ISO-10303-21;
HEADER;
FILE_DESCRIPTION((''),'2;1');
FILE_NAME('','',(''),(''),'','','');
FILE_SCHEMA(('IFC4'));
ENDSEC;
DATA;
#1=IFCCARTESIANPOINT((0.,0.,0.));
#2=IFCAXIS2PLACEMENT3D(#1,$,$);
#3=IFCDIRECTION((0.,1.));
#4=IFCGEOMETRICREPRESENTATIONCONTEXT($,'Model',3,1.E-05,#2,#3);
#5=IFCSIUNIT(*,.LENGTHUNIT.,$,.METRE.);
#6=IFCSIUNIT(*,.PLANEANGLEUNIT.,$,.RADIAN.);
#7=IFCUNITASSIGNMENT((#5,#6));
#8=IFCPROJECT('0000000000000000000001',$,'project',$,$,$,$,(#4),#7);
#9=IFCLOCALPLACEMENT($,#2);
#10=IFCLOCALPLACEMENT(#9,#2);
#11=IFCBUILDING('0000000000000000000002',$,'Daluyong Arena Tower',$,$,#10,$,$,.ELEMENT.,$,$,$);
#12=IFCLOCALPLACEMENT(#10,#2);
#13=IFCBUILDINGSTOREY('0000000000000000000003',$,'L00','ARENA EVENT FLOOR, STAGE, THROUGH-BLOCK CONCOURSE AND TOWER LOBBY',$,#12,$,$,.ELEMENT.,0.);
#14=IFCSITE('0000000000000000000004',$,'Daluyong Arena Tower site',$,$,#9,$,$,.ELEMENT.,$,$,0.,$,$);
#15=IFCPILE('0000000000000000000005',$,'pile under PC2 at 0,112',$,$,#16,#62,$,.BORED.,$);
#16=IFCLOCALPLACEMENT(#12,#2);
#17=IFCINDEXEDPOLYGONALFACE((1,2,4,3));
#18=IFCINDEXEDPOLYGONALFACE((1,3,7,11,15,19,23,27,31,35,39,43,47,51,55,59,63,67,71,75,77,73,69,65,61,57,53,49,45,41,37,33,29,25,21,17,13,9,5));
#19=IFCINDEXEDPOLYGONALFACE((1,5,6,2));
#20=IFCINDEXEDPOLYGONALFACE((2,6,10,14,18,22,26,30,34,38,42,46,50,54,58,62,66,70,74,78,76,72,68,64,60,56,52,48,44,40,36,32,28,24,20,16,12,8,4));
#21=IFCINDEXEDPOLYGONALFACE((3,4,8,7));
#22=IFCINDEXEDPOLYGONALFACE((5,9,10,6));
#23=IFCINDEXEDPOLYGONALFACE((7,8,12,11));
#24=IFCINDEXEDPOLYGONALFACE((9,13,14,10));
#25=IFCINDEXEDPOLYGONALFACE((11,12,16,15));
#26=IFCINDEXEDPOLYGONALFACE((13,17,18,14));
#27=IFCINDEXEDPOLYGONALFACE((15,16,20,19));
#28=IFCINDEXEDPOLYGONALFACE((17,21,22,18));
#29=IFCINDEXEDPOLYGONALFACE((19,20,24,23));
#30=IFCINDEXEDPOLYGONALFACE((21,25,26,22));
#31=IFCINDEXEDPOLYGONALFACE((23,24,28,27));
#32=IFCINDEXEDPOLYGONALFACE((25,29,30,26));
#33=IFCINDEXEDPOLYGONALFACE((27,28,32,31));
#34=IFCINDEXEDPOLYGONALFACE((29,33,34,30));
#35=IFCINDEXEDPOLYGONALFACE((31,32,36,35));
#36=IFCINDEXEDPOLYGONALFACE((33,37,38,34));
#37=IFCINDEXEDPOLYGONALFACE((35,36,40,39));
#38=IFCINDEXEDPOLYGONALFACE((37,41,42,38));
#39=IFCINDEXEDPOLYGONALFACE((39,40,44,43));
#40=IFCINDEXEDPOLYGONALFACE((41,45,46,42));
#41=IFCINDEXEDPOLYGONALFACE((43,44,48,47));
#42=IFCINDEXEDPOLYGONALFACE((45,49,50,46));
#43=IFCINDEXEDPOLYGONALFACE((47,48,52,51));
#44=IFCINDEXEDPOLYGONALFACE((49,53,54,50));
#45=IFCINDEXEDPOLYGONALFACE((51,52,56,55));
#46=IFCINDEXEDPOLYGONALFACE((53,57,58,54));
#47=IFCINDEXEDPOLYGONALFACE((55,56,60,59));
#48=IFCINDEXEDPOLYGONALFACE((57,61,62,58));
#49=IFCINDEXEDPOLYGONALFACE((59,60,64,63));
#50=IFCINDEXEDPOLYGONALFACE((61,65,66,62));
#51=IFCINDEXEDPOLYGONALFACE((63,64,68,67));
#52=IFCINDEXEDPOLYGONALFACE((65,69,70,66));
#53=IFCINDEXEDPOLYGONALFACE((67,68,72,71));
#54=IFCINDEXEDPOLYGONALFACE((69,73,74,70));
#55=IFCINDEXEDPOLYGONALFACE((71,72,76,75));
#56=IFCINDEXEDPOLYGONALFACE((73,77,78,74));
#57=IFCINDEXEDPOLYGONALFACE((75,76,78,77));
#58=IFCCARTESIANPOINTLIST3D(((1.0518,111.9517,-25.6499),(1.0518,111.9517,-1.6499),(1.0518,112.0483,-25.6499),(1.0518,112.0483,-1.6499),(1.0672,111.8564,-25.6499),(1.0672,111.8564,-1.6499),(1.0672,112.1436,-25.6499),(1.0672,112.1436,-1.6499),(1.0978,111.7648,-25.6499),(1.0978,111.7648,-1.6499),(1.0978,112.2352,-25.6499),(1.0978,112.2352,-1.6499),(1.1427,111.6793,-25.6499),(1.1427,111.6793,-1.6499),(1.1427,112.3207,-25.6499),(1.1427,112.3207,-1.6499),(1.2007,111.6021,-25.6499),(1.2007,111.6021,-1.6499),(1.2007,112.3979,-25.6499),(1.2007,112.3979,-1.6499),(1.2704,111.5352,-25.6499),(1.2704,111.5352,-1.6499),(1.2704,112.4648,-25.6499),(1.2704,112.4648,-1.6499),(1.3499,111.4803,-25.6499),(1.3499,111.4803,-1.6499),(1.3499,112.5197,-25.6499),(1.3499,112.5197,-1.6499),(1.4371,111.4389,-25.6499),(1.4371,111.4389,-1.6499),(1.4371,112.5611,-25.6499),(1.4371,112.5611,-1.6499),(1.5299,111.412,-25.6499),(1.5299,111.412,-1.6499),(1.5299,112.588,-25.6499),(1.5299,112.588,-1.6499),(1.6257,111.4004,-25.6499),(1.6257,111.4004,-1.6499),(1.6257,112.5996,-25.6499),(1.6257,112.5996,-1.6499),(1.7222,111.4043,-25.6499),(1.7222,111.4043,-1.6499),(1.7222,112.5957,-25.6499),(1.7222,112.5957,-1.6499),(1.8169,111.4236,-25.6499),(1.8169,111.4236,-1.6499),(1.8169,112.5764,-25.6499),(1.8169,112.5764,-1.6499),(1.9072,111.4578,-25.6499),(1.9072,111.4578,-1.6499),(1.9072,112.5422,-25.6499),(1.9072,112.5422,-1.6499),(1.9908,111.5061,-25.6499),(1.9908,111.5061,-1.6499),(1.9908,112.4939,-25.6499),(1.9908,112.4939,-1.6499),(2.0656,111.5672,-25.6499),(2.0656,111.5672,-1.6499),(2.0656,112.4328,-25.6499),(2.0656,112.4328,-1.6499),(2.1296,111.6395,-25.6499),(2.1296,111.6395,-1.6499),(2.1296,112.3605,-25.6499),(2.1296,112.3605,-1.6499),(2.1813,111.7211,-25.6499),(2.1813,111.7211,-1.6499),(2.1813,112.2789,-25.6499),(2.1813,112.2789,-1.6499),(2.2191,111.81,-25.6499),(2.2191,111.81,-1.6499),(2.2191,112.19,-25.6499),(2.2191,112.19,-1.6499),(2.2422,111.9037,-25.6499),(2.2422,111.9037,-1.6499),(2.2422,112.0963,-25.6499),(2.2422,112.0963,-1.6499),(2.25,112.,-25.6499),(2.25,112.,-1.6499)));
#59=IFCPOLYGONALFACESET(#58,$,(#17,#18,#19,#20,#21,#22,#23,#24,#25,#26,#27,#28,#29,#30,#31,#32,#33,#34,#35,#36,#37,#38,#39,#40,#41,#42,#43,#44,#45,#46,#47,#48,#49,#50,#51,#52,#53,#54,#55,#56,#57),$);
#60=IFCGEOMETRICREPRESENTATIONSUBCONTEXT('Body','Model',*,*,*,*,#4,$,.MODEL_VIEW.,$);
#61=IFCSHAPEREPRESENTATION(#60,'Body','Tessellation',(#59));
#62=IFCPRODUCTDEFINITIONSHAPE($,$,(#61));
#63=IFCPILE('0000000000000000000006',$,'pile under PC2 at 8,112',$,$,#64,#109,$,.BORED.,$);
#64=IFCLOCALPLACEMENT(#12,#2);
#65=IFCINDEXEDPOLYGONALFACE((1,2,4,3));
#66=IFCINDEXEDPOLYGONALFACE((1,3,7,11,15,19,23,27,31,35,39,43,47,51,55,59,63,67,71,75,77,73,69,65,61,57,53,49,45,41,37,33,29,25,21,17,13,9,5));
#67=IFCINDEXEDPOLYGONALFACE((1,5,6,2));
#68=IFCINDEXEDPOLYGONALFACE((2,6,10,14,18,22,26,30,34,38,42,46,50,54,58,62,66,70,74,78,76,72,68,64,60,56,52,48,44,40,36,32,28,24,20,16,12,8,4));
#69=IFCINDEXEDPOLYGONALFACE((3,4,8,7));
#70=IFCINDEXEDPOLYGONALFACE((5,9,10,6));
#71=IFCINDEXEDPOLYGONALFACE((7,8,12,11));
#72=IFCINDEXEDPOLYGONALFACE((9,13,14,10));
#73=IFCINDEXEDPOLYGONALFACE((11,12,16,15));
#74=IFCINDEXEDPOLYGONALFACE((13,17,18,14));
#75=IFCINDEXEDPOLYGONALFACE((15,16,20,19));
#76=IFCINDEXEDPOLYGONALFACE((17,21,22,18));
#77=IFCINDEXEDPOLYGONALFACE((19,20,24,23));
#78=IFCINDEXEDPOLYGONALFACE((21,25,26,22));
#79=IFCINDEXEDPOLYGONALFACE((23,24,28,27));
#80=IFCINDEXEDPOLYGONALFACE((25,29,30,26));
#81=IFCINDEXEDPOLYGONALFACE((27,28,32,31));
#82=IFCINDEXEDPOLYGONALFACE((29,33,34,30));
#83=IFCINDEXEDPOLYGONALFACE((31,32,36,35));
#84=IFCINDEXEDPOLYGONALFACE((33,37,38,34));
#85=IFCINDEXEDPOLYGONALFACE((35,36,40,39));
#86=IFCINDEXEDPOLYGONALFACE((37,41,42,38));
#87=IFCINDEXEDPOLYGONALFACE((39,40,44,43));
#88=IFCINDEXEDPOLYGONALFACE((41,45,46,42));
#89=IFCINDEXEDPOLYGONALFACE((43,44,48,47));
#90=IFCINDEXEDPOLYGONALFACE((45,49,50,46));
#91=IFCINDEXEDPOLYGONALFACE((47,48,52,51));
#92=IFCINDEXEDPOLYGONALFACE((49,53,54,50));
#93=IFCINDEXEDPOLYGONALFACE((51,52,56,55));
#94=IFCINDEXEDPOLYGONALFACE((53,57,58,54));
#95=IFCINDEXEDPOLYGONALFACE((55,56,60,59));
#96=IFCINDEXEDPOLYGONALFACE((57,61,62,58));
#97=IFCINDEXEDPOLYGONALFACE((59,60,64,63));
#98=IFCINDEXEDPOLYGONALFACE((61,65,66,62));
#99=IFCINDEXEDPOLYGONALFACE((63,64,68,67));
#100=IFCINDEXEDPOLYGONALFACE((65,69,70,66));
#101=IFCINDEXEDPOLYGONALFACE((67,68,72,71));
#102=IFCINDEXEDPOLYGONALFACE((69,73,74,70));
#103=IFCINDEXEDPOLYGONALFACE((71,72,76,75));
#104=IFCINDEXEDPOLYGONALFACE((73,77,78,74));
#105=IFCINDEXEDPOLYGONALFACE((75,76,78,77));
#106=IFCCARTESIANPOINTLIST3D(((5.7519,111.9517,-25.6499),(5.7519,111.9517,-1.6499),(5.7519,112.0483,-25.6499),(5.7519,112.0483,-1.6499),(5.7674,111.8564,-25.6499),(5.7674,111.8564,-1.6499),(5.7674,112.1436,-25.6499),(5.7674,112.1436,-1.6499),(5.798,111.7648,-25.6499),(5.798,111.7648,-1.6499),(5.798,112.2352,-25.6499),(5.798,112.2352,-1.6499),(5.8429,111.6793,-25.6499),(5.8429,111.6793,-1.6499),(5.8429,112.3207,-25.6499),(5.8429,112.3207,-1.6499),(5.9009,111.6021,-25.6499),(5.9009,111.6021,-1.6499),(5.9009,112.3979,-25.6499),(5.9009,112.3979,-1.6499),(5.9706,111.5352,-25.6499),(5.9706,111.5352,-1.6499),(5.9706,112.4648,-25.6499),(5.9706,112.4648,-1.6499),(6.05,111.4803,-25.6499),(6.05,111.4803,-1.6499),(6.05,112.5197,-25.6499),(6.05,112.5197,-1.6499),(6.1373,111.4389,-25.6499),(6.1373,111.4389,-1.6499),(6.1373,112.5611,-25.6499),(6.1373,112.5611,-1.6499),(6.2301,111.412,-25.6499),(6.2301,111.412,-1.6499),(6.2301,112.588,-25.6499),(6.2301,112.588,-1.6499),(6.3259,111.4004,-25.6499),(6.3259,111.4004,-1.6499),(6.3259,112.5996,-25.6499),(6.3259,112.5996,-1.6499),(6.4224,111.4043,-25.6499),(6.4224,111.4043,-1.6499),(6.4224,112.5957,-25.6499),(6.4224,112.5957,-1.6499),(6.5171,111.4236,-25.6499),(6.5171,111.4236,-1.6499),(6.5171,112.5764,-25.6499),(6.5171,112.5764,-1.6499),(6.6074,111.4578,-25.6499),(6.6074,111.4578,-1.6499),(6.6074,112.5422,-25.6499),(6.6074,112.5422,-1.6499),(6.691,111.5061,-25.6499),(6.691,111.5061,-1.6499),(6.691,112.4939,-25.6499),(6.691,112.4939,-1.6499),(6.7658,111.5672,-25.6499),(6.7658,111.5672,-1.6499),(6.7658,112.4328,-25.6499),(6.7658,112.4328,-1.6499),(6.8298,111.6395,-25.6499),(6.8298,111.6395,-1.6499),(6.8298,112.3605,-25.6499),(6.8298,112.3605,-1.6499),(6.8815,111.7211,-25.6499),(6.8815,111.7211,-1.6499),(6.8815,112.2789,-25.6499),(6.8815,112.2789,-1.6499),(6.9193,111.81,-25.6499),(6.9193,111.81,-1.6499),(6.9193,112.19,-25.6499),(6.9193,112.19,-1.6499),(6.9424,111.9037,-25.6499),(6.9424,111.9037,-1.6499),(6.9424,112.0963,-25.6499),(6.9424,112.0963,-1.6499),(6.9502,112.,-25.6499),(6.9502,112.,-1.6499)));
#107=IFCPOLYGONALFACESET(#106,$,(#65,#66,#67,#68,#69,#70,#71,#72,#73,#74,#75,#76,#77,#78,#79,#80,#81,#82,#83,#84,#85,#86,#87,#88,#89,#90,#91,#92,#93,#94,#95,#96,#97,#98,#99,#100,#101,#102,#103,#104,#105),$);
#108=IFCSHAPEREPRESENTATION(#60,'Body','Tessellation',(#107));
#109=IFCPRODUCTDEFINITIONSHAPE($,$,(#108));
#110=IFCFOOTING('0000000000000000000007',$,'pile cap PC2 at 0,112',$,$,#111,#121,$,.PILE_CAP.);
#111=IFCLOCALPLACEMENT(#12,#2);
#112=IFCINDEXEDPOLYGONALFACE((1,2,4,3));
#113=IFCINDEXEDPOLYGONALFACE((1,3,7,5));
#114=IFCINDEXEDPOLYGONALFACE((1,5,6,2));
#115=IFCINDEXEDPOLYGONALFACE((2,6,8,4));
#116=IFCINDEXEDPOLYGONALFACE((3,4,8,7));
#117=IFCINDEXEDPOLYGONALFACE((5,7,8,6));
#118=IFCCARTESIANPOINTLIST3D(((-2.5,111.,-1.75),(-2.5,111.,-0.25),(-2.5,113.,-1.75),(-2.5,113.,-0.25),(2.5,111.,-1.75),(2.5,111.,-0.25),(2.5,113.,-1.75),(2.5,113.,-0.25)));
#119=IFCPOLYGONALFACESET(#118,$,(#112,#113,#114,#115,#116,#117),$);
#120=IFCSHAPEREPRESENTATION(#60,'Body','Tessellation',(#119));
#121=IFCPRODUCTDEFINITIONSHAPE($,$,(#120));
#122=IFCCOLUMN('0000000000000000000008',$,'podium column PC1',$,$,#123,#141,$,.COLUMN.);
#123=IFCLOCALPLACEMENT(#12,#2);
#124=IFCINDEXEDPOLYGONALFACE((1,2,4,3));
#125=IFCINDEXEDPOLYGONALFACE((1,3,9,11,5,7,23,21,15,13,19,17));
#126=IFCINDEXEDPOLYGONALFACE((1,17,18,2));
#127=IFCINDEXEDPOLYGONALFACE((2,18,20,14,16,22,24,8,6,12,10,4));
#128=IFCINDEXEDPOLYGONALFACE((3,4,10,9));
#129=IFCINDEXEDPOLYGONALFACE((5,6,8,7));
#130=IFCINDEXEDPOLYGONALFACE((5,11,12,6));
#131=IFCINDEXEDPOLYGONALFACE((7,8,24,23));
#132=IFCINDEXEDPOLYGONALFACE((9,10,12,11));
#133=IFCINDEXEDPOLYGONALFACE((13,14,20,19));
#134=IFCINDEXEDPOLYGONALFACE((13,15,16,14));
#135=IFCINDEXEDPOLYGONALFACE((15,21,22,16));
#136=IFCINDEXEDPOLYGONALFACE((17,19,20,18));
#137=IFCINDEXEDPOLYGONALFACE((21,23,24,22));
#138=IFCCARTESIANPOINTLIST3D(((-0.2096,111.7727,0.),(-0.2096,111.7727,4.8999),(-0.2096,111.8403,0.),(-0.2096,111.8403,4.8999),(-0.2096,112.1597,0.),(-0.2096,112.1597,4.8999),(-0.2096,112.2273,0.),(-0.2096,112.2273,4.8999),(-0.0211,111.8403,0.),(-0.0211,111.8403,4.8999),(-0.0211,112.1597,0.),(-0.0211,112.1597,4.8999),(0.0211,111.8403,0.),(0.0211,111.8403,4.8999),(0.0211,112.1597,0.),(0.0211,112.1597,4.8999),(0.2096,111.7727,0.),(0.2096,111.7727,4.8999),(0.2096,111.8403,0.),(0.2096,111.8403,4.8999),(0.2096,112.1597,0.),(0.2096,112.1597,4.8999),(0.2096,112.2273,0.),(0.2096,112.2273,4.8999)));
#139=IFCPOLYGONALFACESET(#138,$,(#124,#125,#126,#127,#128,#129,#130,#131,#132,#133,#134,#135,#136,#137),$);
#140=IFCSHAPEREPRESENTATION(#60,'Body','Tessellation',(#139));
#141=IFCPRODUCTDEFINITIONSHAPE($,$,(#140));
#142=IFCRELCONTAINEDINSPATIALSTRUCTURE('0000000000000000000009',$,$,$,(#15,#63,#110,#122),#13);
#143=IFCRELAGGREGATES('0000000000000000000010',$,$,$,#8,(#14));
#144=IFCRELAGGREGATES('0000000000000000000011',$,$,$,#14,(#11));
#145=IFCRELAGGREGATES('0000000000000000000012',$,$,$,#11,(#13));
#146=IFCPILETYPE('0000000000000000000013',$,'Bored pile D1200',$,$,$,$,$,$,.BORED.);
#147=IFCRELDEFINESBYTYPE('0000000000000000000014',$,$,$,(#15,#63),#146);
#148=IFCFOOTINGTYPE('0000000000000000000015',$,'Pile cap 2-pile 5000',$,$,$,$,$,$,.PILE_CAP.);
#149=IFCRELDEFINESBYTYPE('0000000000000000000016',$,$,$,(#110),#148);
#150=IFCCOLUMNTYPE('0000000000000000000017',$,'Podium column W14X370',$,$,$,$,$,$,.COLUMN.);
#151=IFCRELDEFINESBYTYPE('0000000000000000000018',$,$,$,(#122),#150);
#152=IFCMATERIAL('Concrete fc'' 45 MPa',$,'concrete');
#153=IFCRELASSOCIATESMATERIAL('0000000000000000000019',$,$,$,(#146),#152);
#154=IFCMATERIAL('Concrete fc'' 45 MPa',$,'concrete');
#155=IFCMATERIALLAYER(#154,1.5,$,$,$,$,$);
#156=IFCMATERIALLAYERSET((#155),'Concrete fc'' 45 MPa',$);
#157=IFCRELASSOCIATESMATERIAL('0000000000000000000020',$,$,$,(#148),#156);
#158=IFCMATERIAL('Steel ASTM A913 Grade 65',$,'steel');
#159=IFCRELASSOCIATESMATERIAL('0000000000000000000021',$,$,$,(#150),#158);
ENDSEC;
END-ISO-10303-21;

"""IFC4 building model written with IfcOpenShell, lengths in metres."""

from ifc_helpers import new_model, si_unit, direction, frame, origin, origin_2d, place, context, subcontext, project, spatial, rectangle, circle, i_section, extrude, material, layer, layer_set, material_profile, profile_set, type_object, element, save


model = new_model("IFC4")

# Units and contexts
model_context = context("Model", 3, precision=1e-05, world=origin(), true_north=direction((0.0, 1.0)))
body_context = subcontext(model_context, "Body", "Model", "MODEL_VIEW")
ifc_project = project(units=[si_unit("LENGTHUNIT", "METRE"), si_unit("PLANEANGLEUNIT", "RADIAN")], contexts=[model_context])

# Site, building, storey
site_placement = place(None, origin())
site = spatial("IfcSite", under=ifc_project, at=site_placement, Name="Daluyong Arena Tower site", CompositionType="ELEMENT", RefElevation=0.0)
building_placement = place(site_placement, origin())
building = spatial("IfcBuilding", under=site, at=building_placement, Name="Daluyong Arena Tower", CompositionType="ELEMENT")
storey_placement = place(building_placement, origin())
storey = spatial("IfcBuildingStorey", under=building, at=storey_placement, Name="L00", Description="ARENA EVENT FLOOR, STAGE, THROUGH-BLOCK CONCOURSE AND TOWER LOBBY", CompositionType="ELEMENT", Elevation=0.0)

# Piles
ifc_material_1 = material(Name="Concrete fc' 45 MPa", Category="concrete")
pile_type = type_object("IfcPileType", Name="Bored pile D1200", PredefinedType="BORED", material=ifc_material_1)
for number, where, z_axis, x_axis, name in (
    (1, (1.6499, 112.0, -1.6499), (0.0, 0.0, -1.0), (1.0, 0.0, 0.0), "pile under PC2 at 0,112"),
    (2, (6.3501, 112.0, -1.6499), (0.0, 0.0, -1.0), (1.0, 0.0, 0.0), "pile under PC2 at 8,112"),
):
    element("IfcPile", number, at=place(storey_placement, frame(where, z_axis=z_axis, x_axis=x_axis)), inside=storey, type_object=pile_type, Name=name, PredefinedType="BORED", context=body_context, shape_type="SweptSolid", body=[
        extrude(circle(Radius=0.6001, at=origin_2d()), origin(), (0.0, 0.0, 1.0), 24.0),
    ])

# Footing
ifc_material_2 = material(Name="Concrete fc' 45 MPa", Category="concrete")
ifc_layer_1 = layer(ifc_material_2, 1.5)
ifc_layer_set_1 = layer_set([ifc_layer_1], Name="Concrete fc' 45 MPa")
footing_type = type_object("IfcFootingType", Name="Pile cap 2-pile 5000", PredefinedType="PILE_CAP", material=ifc_layer_set_1)
footing_placement = place(storey_placement, frame((0.0, 112.0, -1.75), z_axis=(0.0, 0.0, 1.0), x_axis=(1.0, 0.0, 0.0)))
element("IfcFooting", 3, at=footing_placement, inside=storey, type_object=footing_type, Name="pile cap PC2 at 0,112", PredefinedType="PILE_CAP", context=body_context, shape_type="SweptSolid", body=[
    extrude(rectangle(XDim=5.0, YDim=2.0, at=origin_2d()), origin(), (0.0, 0.0, 1.0), 1.5),
])

# Column
ifc_material_3 = material(Name="Steel ASTM A913 Grade 65", Category="steel")
ifc_material_profile = material_profile(ifc_material_3, i_section(OverallWidth=0.4192, OverallDepth=0.4546, WebThickness=0.0422, FlangeThickness=0.0676, at=origin_2d()))
ifc_profile_set = profile_set([ifc_material_profile], Name="Steel ASTM A913 Grade 65")
column_type = type_object("IfcColumnType", Name="Podium column W14X370", PredefinedType="COLUMN", material=ifc_profile_set)
column_placement = place(storey_placement, frame((0.0, 112.0, 0.0), z_axis=(0.0, 0.0, 1.0), x_axis=(1.0, 0.0, 0.0)))
element("IfcColumn", 4, at=column_placement, inside=storey, type_object=column_type, Name="podium column PC1", PredefinedType="COLUMN", context=body_context, shape_type="SweptSolid", body=[
    extrude(i_section(OverallWidth=0.4192, OverallDepth=0.4546, WebThickness=0.0422, FlangeThickness=0.0676, at=origin_2d()), origin(), (0.0, 0.0, 1.0), 4.8999),
])

save(model, "model.ifc")
